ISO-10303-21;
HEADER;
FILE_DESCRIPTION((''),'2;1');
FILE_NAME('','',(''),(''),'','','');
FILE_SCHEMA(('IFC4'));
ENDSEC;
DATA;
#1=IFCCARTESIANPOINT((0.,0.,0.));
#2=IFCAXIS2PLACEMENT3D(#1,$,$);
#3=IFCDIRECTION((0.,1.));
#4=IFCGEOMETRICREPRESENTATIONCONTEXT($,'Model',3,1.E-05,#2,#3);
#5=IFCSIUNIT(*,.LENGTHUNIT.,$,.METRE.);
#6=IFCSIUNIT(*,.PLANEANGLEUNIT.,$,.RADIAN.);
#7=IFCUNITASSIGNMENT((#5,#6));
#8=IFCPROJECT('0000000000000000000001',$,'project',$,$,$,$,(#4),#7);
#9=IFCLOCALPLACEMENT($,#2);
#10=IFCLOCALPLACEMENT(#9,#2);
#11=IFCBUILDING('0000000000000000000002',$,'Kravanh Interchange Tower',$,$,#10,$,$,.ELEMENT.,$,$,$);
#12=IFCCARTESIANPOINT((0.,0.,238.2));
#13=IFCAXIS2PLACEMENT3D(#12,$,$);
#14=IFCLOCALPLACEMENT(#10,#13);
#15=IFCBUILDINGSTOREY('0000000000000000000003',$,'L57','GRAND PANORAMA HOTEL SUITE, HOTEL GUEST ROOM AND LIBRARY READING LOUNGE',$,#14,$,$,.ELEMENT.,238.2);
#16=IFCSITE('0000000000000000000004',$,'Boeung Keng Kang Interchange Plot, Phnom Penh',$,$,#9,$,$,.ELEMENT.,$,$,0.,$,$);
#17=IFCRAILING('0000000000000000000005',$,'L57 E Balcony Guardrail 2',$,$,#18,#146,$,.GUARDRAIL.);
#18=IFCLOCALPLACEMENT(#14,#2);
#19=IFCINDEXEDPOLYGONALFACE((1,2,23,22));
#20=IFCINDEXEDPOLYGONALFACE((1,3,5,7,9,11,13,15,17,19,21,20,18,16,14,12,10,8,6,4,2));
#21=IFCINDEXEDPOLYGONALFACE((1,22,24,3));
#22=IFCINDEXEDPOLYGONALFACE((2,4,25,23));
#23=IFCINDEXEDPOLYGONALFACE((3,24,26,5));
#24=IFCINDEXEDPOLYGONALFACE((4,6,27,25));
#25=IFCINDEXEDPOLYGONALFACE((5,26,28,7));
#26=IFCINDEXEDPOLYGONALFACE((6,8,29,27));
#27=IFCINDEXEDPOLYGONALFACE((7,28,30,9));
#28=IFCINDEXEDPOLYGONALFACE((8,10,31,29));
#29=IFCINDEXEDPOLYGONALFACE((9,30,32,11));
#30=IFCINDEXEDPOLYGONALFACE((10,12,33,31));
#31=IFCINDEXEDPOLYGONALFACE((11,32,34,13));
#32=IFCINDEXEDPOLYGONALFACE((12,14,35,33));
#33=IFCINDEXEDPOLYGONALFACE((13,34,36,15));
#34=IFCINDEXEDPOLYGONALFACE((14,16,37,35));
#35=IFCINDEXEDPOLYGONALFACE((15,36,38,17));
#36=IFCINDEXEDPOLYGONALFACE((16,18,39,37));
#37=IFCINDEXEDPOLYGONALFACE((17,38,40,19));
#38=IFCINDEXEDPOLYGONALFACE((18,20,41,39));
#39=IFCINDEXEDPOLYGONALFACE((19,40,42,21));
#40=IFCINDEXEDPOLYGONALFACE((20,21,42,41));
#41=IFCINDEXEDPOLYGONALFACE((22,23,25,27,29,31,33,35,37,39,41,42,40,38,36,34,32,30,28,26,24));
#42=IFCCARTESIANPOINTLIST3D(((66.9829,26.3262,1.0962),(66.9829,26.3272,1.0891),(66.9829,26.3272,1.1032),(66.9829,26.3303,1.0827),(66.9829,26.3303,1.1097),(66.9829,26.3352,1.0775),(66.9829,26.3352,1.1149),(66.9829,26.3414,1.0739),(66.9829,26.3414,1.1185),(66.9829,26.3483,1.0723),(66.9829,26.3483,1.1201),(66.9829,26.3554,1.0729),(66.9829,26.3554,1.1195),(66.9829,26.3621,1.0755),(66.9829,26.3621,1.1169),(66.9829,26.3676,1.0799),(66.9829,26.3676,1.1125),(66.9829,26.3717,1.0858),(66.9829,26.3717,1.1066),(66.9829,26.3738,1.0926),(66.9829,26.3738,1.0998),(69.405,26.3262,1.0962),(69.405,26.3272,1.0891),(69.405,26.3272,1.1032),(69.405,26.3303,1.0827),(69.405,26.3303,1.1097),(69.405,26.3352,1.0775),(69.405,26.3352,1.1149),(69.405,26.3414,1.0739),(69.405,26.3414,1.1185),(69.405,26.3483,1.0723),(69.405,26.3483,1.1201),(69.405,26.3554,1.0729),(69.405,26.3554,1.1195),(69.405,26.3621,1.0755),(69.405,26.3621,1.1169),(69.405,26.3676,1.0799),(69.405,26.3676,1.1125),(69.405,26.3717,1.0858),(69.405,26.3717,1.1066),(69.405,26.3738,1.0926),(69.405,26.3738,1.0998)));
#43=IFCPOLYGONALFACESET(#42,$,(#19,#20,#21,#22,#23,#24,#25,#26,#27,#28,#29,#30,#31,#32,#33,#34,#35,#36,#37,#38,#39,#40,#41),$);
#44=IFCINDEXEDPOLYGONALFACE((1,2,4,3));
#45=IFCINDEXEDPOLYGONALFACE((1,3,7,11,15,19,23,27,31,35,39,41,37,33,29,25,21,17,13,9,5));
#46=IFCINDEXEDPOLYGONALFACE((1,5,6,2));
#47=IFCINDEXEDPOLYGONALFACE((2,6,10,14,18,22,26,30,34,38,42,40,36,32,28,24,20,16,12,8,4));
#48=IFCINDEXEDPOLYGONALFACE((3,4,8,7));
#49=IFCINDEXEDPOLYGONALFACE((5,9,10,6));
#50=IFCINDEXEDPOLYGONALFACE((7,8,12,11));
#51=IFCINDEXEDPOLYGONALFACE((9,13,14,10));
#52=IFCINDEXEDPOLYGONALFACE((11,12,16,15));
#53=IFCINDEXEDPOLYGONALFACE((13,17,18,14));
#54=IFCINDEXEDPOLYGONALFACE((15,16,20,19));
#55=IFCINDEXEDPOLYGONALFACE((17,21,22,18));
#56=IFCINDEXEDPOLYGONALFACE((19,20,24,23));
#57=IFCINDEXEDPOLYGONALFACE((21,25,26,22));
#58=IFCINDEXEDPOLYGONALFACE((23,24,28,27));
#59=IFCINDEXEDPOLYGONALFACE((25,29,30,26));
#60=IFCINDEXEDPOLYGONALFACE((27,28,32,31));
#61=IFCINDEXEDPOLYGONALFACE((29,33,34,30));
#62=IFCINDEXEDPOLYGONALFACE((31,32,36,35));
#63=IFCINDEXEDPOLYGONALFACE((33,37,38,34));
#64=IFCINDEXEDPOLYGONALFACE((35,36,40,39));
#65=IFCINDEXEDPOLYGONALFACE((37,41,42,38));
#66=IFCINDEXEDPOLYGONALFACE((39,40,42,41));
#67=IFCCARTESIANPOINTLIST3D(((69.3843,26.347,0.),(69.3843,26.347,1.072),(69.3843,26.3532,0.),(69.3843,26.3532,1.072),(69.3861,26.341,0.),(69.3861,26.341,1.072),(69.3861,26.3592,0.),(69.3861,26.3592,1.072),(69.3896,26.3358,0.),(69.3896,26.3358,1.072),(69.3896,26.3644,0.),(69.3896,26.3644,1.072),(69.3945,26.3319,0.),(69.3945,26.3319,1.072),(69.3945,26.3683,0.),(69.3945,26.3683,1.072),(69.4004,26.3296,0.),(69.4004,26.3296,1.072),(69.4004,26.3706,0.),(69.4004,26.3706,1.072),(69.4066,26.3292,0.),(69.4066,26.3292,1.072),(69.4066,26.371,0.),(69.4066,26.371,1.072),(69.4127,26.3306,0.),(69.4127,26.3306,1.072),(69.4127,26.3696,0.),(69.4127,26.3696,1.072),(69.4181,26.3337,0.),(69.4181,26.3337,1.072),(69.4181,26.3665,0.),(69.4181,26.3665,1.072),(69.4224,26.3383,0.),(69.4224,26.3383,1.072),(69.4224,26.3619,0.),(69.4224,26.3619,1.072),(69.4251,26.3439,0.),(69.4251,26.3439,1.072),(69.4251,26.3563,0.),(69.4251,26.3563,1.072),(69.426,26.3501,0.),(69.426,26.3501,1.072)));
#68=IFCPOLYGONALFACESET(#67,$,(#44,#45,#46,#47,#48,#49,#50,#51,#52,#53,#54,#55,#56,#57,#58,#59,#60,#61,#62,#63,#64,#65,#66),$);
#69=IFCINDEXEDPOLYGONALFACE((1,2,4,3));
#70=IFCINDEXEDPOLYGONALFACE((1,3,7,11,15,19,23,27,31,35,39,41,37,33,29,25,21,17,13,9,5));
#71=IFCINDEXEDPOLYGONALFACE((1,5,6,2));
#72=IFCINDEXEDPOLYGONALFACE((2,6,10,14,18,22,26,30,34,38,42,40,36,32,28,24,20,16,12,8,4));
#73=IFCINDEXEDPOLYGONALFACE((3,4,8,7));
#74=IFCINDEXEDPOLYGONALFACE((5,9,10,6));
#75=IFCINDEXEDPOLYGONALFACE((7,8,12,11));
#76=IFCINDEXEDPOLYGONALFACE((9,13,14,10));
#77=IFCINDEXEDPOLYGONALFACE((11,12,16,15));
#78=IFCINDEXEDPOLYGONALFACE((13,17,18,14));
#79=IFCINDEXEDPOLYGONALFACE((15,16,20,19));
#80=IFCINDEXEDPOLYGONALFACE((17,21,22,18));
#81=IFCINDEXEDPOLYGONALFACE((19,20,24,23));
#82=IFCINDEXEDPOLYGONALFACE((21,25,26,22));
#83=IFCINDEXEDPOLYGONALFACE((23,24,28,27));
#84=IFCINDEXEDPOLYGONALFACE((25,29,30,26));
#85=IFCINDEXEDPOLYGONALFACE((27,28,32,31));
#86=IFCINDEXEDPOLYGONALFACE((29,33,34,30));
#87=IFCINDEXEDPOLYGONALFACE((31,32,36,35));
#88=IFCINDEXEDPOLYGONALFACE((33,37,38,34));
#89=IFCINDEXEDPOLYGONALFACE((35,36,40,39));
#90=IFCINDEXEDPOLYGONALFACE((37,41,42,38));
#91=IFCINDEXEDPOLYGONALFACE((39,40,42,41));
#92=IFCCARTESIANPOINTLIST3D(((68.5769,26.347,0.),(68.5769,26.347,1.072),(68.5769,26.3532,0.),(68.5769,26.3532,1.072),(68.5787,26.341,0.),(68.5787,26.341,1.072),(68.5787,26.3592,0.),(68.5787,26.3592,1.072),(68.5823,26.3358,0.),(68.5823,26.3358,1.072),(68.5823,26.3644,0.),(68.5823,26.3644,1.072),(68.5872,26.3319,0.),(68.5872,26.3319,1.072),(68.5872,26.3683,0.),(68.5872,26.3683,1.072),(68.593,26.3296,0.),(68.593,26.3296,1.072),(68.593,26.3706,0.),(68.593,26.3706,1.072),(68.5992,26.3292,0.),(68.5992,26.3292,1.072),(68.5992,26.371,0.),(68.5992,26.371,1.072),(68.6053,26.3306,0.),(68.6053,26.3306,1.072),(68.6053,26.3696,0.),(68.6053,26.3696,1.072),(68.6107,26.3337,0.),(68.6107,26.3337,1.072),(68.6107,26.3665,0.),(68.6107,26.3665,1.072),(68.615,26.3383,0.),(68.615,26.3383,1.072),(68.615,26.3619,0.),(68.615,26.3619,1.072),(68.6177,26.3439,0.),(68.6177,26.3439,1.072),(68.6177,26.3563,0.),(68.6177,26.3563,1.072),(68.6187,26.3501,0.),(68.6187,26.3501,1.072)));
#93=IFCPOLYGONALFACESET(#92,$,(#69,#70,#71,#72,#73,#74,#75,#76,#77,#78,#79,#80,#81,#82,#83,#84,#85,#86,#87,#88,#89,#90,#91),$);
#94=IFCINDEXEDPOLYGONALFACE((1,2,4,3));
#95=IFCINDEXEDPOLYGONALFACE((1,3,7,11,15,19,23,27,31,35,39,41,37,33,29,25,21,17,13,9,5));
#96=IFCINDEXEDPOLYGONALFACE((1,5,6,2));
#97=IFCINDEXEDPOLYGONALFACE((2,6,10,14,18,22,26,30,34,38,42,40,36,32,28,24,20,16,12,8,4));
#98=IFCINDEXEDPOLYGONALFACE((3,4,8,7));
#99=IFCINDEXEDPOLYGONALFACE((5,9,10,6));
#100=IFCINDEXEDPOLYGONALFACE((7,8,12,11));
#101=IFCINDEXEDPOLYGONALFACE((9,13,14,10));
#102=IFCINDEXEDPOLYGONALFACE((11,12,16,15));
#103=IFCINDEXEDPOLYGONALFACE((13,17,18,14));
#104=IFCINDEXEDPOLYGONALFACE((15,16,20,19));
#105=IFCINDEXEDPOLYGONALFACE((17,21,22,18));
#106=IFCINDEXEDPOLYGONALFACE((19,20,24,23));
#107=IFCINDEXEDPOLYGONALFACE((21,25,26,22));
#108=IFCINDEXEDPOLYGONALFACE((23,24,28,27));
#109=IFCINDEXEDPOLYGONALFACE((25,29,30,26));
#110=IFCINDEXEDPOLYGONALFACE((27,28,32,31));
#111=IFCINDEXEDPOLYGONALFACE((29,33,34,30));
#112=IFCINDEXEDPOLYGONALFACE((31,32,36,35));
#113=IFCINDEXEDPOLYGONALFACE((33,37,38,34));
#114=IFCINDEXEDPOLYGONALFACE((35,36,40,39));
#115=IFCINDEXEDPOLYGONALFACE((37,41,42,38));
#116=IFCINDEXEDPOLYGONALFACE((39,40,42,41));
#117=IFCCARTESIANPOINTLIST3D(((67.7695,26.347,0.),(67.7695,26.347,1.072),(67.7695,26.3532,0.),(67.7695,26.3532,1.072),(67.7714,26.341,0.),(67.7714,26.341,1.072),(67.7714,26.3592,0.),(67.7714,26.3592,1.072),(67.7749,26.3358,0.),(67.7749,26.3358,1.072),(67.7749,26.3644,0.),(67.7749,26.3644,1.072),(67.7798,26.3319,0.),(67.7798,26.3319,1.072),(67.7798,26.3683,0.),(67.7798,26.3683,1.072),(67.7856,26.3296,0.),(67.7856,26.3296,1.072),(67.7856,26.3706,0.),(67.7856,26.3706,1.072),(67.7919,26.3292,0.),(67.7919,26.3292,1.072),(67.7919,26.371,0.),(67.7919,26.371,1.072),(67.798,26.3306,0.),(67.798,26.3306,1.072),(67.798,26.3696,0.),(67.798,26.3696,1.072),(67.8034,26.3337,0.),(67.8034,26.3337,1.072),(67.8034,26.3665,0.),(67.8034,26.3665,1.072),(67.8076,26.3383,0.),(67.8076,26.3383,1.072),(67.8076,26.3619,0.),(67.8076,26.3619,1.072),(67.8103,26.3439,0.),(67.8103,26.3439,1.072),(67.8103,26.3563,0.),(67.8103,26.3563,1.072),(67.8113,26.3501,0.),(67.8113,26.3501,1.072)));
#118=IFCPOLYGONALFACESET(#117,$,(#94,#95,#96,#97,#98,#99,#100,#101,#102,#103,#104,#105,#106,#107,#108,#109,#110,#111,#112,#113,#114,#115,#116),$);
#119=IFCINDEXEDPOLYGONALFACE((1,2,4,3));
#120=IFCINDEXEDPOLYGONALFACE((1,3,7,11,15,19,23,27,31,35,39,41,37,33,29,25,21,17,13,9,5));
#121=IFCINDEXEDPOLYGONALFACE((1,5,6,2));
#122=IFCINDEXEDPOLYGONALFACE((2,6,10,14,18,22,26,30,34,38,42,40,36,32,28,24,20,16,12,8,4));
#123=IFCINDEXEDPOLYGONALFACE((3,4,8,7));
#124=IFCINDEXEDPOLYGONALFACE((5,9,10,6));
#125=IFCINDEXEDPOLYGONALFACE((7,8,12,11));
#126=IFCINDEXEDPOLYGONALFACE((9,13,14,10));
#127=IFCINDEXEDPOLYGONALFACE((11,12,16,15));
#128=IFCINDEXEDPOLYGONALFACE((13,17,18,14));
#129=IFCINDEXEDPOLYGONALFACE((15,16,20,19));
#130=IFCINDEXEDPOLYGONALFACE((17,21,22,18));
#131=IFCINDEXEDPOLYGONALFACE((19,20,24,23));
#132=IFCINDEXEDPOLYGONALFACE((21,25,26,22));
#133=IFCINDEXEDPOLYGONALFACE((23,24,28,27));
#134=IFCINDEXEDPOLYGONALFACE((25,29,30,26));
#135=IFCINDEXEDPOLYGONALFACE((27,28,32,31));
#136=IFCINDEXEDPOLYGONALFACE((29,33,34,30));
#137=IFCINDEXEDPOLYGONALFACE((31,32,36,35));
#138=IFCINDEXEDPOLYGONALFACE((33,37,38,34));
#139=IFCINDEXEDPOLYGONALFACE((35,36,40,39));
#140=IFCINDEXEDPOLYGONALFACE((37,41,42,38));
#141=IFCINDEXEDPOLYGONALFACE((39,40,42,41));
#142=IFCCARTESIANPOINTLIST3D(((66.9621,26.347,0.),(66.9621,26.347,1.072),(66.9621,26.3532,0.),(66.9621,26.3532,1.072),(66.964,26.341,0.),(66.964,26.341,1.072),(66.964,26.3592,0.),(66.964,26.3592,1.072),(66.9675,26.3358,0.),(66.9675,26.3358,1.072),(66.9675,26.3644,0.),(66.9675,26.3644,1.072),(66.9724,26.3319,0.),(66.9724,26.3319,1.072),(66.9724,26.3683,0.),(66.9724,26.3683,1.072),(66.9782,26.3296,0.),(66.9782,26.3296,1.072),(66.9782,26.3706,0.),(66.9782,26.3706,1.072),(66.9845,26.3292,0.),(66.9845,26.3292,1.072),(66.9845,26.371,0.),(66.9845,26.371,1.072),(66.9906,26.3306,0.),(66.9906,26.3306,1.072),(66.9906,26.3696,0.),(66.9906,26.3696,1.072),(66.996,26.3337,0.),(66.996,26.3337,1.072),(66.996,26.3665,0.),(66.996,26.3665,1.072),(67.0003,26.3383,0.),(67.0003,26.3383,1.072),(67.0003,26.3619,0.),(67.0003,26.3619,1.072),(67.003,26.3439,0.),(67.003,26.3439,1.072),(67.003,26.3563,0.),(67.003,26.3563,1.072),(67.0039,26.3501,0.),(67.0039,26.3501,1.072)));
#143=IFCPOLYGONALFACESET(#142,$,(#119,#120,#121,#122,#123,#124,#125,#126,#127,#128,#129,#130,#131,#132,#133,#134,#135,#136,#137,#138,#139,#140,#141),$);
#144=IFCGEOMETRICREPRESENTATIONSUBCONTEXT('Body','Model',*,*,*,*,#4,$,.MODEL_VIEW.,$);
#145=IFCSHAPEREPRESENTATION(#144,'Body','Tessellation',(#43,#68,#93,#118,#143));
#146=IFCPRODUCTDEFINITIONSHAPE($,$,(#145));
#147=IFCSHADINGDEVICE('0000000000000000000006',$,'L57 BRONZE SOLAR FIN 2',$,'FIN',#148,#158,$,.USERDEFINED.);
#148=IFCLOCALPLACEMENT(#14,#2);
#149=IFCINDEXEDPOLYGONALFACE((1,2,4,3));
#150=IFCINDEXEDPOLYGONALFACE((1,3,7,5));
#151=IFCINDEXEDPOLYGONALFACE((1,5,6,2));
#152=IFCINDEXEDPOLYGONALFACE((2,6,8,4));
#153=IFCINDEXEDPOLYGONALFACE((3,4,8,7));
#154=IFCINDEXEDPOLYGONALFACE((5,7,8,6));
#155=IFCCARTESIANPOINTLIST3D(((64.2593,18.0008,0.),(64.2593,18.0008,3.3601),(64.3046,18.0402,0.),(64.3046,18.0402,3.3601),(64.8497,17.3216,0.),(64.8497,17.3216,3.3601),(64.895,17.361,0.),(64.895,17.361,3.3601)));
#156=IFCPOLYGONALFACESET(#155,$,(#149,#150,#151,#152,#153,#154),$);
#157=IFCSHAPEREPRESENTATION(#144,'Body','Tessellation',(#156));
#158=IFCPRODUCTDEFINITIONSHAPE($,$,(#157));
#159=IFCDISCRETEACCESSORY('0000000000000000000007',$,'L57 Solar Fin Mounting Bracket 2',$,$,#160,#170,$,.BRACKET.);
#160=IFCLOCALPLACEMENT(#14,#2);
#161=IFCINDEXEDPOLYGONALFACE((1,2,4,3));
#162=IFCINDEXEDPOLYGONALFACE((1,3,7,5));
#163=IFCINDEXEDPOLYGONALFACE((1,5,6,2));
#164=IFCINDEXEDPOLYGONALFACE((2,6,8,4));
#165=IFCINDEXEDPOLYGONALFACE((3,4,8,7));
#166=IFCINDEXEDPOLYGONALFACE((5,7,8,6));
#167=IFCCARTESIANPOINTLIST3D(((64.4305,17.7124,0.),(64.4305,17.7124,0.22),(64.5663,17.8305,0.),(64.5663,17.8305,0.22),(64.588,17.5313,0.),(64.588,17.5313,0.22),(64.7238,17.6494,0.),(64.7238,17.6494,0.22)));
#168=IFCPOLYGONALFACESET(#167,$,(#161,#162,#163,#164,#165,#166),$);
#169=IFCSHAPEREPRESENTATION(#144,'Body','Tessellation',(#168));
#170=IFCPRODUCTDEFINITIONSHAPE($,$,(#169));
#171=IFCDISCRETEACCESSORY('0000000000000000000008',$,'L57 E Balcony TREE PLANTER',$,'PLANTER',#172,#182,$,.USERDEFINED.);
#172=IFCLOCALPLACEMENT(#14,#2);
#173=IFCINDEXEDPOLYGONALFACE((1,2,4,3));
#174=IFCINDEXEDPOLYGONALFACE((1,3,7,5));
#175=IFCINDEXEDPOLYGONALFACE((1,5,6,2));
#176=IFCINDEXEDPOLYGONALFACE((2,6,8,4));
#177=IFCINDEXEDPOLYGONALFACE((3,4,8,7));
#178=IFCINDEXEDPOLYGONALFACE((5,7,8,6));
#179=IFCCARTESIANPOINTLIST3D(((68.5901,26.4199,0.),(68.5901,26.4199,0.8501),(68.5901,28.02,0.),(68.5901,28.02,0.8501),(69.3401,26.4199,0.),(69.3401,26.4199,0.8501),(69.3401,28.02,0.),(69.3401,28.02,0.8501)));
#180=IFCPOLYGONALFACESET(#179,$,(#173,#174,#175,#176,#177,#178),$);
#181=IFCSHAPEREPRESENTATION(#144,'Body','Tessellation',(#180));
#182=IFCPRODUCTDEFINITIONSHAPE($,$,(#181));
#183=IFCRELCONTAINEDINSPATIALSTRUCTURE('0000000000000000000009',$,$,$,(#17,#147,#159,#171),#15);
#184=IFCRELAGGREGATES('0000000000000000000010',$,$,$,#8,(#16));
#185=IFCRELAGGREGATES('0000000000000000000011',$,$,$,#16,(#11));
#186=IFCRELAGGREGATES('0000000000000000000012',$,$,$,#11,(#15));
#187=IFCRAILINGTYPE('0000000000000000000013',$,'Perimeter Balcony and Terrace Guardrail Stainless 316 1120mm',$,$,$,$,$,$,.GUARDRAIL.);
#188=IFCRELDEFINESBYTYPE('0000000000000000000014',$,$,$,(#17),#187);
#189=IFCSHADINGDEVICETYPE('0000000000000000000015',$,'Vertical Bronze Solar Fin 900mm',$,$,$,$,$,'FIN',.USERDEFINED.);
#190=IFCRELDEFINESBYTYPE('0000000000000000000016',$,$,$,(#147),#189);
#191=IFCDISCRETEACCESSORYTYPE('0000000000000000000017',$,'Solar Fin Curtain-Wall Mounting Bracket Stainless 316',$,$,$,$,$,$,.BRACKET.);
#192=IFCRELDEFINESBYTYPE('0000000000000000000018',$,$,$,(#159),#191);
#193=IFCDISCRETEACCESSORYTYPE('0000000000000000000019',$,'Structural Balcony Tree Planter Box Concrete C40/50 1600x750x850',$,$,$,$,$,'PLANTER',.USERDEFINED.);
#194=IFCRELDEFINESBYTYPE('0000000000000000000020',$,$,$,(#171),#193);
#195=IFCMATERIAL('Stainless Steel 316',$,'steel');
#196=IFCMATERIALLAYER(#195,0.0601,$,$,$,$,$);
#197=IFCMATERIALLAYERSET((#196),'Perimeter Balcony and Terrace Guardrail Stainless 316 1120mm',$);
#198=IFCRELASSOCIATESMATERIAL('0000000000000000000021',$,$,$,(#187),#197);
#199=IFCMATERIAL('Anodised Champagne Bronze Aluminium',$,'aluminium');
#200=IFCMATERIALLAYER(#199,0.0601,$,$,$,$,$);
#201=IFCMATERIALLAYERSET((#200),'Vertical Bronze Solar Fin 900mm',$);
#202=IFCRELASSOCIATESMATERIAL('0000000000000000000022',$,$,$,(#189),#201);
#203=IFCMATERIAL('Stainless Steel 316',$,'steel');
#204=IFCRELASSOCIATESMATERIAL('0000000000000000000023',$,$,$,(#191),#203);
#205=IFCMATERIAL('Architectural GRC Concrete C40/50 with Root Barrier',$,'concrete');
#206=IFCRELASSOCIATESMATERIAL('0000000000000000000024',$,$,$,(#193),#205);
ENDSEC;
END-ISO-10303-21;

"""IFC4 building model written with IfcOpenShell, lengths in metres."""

from ifc_helpers import new_model, si_unit, direction, frame, origin, origin_2d, place, context, subcontext, project, spatial, rectangle, circle, extrude, material, layer, layer_set, type_object, element, save


model = new_model("IFC4")

# Units and contexts
model_context = context("Model", 3, precision=1e-05, world=origin(), true_north=direction((0.0, 1.0)))
body_context = subcontext(model_context, "Body", "Model", "MODEL_VIEW")
ifc_project = project(units=[si_unit("LENGTHUNIT", "METRE"), si_unit("PLANEANGLEUNIT", "RADIAN")], contexts=[model_context])

# Site, building, storey
site_placement = place(None, origin())
site = spatial("IfcSite", under=ifc_project, at=site_placement, Name="Boeung Keng Kang Interchange Plot, Phnom Penh", CompositionType="ELEMENT", RefElevation=0.0)
building_placement = place(site_placement, origin())
building = spatial("IfcBuilding", under=site, at=building_placement, Name="Kravanh Interchange Tower", CompositionType="ELEMENT")
storey_placement = place(building_placement, frame((0.0, 0.0, 238.2)))
storey = spatial("IfcBuildingStorey", under=building, at=storey_placement, Name="L57", Description="GRAND PANORAMA HOTEL SUITE, HOTEL GUEST ROOM AND LIBRARY READING LOUNGE", CompositionType="ELEMENT", Elevation=238.2)

# Railing
ifc_material_1 = material(Name="Stainless Steel 316", Category="steel")
ifc_layer_1 = layer(ifc_material_1, 0.0601)
ifc_layer_set_1 = layer_set([ifc_layer_1], Name="Perimeter Balcony and Terrace Guardrail Stainless 316 1120mm")
railing_type = type_object("IfcRailingType", Name="Perimeter Balcony and Terrace Guardrail Stainless 316 1120mm", PredefinedType="GUARDRAIL", material=ifc_layer_set_1)
railing_placement = place(storey_placement, frame((69.405, 26.3501, 0.0)))
element("IfcRailing", 1, at=railing_placement, inside=storey, type_object=railing_type, Name="L57 E Balcony Guardrail 2", PredefinedType="GUARDRAIL", context=body_context, shape_type="SweptSolid", body=[
    extrude(circle(Radius=0.0239, at=origin_2d()), frame((0.0, 0.0, 1.0962), z_axis=(-1.0, 0.0, 0.0), x_axis=(0.0, -1.0, 0.0)), (0.0, 0.0, 1.0), 2.4221),
    extrude(circle(Radius=0.021, at=origin_2d()), origin(), (0.0, 0.0, 1.0), 1.072),
    extrude(circle(Radius=0.021, at=origin_2d()), frame((-0.8074, 0.0, 0.0)), (0.0, 0.0, 1.0), 1.072),
    extrude(circle(Radius=0.021, at=origin_2d()), frame((-1.6147, 0.0, 0.0)), (0.0, 0.0, 1.0), 1.072),
    extrude(circle(Radius=0.021, at=origin_2d()), frame((-2.4221, 0.0, 0.0)), (0.0, 0.0, 1.0), 1.072),
])

# Shading device
ifc_material_2 = material(Name="Anodised Champagne Bronze Aluminium", Category="aluminium")
ifc_layer_2 = layer(ifc_material_2, 0.0601)
ifc_layer_set_2 = layer_set([ifc_layer_2], Name="Vertical Bronze Solar Fin 900mm")
shading_device_type_1 = type_object("IfcShadingDeviceType", Name="Vertical Bronze Solar Fin 900mm", ElementType="FIN", PredefinedType="USERDEFINED", material=ifc_layer_set_2)
shading_device_1_placement = place(storey_placement, frame((64.5771, 17.6809, 0.0), z_axis=(0.0, 0.0, 1.0), x_axis=(0.656043, -0.754723, 0.0)))
element("IfcShadingDevice", 2, at=shading_device_1_placement, inside=storey, type_object=shading_device_type_1, Name="L57 BRONZE SOLAR FIN 2", ObjectType="FIN", PredefinedType="USERDEFINED", context=body_context, shape_type="SweptSolid", body=[
    extrude(rectangle(XDim=0.8999, YDim=0.0601, at=origin_2d()), origin(), (0.0, 0.0, 1.0), 3.3601),
])

# Discrete accessories
ifc_material_3 = material(Name="Stainless Steel 316", Category="steel")
discrete_accessory_type_1 = type_object("IfcDiscreteAccessoryType", Name="Solar Fin Curtain-Wall Mounting Bracket Stainless 316", PredefinedType="BRACKET", material=ifc_material_3)
discrete_accessory_1_placement = place(storey_placement, frame((64.5771, 17.6809, 0.0), z_axis=(0.0, 0.0, 1.0), x_axis=(0.656043, -0.754723, 0.0)))
element("IfcDiscreteAccessory", 3, at=discrete_accessory_1_placement, inside=storey, type_object=discrete_accessory_type_1, Name="L57 Solar Fin Mounting Bracket 2", PredefinedType="BRACKET", context=body_context, shape_type="SweptSolid", body=[
    extrude(rectangle(XDim=0.24, YDim=0.1799, at=origin_2d()), origin(), (0.0, 0.0, 1.0), 0.22),
])
ifc_material_4 = material(Name="Architectural GRC Concrete C40/50 with Root Barrier", Category="concrete")
discrete_accessory_type_2 = type_object("IfcDiscreteAccessoryType", Name="Structural Balcony Tree Planter Box Concrete C40/50 1600x750x850", ElementType="PLANTER", PredefinedType="USERDEFINED", material=ifc_material_4)
discrete_accessory_2_placement = place(storey_placement, frame((68.9651, 27.22, 0.0), z_axis=(0.0, 0.0, 1.0), x_axis=(1.0, 0.0, 0.0)))
element("IfcDiscreteAccessory", 4, at=discrete_accessory_2_placement, inside=storey, type_object=discrete_accessory_type_2, Name="L57 E Balcony TREE PLANTER", ObjectType="PLANTER", PredefinedType="USERDEFINED", context=body_context, shape_type="SweptSolid", body=[
    extrude(rectangle(XDim=0.75, YDim=1.6001, at=origin_2d()), origin(), (0.0, 0.0, 1.0), 0.8501),
])

save(model, "model.ifc")
